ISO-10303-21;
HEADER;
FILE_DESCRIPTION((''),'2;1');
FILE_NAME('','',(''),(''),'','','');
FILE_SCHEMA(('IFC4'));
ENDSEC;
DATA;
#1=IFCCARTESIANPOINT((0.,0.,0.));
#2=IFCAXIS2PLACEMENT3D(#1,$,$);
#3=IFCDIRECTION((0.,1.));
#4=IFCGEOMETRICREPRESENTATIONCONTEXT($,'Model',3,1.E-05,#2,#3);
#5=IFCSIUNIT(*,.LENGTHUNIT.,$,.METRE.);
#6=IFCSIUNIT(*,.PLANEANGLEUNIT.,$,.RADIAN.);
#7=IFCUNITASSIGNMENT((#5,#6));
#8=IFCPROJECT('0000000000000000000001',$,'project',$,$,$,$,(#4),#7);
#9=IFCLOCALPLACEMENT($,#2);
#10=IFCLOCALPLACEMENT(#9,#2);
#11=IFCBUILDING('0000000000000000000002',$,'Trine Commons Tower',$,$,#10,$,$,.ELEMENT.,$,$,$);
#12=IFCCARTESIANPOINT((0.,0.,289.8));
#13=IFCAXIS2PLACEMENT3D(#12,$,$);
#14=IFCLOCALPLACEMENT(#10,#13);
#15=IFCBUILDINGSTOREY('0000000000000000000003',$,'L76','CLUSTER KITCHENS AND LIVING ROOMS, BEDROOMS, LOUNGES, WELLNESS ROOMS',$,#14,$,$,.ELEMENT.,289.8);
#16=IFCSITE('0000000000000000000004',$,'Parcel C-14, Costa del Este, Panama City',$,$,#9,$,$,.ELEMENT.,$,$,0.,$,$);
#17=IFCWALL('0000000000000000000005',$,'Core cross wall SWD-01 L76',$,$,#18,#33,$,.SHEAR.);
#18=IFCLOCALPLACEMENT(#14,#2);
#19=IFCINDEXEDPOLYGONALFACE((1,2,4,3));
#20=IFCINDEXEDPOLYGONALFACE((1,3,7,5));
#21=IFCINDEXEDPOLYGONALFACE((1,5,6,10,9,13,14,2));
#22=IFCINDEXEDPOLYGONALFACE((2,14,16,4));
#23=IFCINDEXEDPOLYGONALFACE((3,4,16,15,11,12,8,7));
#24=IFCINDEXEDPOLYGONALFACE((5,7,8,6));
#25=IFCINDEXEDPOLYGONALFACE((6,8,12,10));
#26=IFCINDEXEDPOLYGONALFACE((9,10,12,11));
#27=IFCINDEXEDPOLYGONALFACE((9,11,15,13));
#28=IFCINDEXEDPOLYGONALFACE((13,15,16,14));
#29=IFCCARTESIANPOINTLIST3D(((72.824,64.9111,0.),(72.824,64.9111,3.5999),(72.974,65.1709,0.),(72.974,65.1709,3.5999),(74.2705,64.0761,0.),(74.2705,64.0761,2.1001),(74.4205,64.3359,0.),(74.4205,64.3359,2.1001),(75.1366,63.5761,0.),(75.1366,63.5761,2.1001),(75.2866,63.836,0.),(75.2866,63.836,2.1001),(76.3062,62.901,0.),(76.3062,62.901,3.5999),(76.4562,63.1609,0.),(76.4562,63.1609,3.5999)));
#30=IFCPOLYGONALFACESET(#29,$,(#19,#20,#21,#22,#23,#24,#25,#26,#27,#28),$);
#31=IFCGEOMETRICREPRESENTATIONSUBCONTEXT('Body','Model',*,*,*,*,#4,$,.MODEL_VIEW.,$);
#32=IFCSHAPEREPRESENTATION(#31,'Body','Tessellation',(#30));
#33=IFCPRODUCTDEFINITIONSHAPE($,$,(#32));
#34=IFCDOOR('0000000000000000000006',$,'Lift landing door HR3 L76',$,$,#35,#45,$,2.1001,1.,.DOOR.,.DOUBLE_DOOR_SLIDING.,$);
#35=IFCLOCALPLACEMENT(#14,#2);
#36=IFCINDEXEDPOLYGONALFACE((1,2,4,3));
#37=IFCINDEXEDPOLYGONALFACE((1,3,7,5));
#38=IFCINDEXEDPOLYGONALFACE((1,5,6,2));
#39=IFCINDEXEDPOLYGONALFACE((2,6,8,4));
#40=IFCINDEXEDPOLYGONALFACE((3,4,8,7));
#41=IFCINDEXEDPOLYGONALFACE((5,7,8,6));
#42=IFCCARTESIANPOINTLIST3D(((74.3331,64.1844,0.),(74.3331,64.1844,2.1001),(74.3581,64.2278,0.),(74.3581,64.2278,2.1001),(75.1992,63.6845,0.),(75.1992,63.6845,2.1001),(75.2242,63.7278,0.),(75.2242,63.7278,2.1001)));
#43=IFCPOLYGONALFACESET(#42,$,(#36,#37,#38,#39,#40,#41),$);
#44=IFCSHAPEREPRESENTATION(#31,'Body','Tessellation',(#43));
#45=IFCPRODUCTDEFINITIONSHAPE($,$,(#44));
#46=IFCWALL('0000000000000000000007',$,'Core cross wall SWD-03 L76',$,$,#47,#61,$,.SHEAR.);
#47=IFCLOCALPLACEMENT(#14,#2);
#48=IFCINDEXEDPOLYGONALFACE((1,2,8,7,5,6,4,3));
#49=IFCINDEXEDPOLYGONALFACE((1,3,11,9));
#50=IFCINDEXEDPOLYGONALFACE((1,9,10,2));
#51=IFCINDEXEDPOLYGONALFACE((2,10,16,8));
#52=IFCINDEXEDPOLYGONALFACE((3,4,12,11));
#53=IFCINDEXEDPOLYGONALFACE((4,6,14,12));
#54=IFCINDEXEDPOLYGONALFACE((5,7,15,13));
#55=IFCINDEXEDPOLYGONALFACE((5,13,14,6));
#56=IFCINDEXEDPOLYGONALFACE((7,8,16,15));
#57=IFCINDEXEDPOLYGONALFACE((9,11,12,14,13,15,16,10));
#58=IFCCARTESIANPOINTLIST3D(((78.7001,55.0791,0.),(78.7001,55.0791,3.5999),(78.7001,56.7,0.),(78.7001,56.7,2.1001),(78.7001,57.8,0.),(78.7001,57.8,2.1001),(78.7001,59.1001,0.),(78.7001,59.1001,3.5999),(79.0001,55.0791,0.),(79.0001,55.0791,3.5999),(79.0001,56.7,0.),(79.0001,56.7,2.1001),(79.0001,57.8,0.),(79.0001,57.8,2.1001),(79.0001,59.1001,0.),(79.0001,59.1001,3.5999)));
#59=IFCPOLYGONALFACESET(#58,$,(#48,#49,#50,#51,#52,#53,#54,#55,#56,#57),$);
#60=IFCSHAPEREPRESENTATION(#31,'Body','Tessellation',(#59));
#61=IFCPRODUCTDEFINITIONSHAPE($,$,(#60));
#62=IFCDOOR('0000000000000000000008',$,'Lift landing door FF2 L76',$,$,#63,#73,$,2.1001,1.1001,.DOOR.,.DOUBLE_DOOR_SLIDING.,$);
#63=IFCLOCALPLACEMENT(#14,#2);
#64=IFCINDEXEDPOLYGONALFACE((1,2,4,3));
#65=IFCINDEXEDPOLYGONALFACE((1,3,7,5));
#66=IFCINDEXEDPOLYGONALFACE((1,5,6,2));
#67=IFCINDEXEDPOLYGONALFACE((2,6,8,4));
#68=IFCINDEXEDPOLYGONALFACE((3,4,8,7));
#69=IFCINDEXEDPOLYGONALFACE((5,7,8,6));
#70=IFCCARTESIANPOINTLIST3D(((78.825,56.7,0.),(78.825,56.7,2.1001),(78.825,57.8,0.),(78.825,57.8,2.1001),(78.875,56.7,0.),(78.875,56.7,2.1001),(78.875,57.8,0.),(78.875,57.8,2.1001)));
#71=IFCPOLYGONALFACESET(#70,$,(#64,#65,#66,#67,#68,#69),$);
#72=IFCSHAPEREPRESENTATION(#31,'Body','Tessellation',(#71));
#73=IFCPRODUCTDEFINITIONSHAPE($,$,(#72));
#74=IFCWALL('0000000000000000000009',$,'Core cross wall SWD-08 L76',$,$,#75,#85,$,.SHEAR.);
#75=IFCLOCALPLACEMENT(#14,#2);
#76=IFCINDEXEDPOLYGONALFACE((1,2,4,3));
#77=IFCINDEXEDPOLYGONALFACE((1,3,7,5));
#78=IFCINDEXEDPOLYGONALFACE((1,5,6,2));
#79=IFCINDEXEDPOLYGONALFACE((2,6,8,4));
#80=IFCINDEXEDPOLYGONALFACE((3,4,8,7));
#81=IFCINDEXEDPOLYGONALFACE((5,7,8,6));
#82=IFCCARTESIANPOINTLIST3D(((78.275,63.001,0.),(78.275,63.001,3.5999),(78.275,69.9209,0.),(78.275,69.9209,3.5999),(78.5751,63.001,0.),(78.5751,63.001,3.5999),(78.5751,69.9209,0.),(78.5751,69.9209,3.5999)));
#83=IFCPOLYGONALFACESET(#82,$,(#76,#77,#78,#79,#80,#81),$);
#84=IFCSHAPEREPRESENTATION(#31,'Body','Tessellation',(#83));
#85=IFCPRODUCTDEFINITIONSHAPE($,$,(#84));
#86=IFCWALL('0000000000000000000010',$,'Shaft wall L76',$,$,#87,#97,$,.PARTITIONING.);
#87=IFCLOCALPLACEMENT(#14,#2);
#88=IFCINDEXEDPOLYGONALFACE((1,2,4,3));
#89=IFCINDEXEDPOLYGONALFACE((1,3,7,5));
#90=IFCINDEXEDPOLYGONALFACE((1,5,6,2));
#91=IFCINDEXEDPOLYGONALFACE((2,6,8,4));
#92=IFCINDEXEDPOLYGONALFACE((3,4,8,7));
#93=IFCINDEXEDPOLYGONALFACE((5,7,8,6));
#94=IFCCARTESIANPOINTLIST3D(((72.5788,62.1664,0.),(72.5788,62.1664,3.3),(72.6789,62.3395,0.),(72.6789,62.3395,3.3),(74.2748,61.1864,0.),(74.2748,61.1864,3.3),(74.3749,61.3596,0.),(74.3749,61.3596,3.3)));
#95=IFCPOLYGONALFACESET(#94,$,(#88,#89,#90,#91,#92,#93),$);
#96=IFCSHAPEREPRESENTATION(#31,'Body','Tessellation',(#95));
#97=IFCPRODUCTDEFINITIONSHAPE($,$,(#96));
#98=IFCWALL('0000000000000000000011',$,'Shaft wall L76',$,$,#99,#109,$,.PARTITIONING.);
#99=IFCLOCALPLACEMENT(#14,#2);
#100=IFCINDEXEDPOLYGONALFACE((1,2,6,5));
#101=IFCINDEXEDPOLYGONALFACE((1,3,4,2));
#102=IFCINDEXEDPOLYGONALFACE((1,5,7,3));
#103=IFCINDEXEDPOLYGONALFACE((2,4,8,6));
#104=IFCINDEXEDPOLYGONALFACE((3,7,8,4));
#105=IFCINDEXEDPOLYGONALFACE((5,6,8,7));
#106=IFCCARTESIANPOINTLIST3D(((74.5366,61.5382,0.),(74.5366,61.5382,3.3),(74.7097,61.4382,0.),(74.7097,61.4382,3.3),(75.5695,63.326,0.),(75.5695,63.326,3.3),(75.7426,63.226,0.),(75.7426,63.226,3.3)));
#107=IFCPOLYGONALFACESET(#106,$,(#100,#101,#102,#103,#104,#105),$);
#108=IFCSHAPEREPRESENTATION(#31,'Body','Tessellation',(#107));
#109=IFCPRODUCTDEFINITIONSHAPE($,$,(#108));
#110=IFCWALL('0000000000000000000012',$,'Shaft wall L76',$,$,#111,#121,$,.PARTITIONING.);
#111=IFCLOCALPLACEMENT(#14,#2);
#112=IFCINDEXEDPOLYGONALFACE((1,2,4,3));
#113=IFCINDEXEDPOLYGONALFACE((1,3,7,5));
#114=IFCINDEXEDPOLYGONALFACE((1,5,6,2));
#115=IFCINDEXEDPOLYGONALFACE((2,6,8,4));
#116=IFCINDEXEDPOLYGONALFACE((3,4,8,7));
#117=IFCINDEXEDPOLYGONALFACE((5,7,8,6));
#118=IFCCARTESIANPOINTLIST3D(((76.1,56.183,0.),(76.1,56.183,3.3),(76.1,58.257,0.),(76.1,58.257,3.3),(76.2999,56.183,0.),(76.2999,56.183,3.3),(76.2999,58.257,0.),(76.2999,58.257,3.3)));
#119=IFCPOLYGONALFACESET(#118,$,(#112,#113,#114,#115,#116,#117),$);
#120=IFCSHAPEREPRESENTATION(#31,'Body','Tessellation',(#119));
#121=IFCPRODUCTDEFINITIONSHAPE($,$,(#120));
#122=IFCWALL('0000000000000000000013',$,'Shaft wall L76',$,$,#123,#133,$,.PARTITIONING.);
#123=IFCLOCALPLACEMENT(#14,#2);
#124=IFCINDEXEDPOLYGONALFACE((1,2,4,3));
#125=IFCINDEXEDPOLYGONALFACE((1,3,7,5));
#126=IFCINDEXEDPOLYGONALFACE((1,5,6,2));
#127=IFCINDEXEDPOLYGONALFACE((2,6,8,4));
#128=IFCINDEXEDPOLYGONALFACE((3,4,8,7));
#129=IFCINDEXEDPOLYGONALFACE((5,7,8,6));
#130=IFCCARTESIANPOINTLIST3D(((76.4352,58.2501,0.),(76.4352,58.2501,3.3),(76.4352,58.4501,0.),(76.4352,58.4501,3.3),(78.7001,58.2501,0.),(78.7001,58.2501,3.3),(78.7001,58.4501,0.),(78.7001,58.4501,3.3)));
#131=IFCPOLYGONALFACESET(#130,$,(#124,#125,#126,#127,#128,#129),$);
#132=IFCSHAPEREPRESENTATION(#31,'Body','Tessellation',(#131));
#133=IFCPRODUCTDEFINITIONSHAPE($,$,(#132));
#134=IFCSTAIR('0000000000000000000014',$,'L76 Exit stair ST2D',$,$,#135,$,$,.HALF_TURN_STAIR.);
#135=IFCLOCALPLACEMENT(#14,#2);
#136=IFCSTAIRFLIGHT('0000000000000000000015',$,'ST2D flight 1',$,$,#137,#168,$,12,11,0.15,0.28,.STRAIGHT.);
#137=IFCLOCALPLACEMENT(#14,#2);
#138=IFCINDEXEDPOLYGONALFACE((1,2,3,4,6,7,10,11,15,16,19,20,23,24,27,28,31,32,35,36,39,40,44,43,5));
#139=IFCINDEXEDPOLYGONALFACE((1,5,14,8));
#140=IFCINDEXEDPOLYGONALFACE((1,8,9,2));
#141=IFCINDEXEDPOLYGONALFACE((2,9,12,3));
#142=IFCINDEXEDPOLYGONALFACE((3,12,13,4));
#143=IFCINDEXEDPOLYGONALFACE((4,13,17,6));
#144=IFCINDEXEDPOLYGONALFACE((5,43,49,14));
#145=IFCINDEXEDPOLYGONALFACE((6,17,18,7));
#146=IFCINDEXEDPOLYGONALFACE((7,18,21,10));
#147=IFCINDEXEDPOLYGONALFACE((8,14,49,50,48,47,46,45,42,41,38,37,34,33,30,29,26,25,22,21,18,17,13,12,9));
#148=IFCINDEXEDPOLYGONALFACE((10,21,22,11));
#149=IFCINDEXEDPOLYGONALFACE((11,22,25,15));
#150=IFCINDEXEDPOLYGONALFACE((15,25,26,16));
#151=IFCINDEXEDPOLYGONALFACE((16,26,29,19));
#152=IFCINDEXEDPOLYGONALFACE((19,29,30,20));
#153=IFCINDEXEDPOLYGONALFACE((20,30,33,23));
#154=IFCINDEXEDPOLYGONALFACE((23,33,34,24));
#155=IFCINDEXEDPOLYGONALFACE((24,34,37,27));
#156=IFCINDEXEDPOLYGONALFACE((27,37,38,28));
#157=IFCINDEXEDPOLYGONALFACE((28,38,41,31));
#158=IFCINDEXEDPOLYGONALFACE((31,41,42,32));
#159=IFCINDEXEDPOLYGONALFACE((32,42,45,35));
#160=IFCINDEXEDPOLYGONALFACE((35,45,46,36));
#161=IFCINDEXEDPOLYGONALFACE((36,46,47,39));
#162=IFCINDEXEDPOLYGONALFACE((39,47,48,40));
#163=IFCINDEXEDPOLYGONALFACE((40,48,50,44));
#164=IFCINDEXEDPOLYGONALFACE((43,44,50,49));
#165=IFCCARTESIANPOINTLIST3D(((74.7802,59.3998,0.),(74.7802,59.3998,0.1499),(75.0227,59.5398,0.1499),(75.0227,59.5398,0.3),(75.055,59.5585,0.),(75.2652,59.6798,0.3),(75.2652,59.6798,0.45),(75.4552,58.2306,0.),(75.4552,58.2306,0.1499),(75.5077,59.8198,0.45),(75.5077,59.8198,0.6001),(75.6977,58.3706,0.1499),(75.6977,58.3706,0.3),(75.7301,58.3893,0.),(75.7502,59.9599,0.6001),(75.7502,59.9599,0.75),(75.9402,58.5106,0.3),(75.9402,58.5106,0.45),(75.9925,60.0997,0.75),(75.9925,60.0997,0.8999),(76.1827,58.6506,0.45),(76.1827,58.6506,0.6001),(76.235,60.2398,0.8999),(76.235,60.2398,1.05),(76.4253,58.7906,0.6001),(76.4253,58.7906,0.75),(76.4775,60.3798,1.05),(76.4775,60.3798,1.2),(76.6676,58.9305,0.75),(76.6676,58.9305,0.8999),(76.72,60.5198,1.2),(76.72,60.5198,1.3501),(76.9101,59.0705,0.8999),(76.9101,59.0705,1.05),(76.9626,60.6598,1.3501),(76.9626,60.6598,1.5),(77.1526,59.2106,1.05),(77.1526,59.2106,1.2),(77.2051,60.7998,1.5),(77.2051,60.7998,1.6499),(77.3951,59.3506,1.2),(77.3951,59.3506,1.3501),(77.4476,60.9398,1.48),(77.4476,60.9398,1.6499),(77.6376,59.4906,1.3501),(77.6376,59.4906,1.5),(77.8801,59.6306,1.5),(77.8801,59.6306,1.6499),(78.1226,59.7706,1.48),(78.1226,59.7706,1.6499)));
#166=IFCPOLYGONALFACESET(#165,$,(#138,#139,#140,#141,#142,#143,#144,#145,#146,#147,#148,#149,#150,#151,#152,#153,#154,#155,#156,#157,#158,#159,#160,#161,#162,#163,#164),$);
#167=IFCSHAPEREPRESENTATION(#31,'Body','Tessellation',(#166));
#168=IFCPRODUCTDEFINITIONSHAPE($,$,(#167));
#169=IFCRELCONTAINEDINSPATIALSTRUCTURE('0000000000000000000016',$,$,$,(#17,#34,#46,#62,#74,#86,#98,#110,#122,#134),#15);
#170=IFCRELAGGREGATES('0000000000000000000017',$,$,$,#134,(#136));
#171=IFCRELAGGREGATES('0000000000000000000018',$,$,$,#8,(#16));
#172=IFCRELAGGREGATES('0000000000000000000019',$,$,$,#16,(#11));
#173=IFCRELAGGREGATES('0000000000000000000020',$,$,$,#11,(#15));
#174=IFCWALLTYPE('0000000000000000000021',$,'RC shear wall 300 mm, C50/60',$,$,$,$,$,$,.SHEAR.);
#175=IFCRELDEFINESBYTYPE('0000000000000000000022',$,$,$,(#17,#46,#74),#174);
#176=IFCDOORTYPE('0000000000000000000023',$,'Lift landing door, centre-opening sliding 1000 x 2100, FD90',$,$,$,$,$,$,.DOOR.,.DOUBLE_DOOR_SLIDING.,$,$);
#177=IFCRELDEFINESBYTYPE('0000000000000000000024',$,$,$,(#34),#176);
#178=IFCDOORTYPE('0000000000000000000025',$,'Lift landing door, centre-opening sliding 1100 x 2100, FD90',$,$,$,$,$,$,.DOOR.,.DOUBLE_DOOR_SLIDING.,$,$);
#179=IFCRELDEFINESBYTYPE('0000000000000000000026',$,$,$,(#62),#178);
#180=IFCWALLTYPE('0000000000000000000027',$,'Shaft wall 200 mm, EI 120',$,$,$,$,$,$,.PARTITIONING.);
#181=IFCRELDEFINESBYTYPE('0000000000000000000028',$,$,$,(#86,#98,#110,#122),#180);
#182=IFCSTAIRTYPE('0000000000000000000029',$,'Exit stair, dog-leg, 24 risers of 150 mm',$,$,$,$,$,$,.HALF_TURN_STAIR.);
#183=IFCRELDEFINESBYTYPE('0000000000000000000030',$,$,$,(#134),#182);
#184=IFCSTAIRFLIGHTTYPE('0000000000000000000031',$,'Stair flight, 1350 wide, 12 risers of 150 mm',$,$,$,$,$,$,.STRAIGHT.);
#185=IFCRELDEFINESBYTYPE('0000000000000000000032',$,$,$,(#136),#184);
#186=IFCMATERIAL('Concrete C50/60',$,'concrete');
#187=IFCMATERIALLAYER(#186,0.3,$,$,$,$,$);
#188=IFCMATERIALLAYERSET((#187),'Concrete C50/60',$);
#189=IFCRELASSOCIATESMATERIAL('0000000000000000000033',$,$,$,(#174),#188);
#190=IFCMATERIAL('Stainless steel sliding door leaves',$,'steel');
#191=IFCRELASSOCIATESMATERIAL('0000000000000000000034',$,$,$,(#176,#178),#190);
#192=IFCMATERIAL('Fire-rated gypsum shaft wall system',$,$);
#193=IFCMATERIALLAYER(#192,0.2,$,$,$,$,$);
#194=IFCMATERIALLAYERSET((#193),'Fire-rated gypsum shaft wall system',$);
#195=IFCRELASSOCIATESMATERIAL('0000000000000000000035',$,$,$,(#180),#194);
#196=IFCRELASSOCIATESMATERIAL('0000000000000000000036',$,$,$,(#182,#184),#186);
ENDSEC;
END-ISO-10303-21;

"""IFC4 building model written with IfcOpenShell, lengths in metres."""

from ifc_helpers import new_model, si_unit, direction, frame, frame_2d, origin, place, context, subcontext, project, spatial, polyline, rectangle, outline, extrude, material, layer, layer_set, type_object, element, fill, aggregate, save


model = new_model("IFC4")

# Units and contexts
model_context = context("Model", 3, precision=1e-05, world=origin(), true_north=direction((0.0, 1.0)))
body_context = subcontext(model_context, "Body", "Model", "MODEL_VIEW")
ifc_project = project(units=[si_unit("LENGTHUNIT", "METRE"), si_unit("PLANEANGLEUNIT", "RADIAN")], contexts=[model_context])

# Site, building, storey
site_placement = place(None, origin())
site = spatial("IfcSite", under=ifc_project, at=site_placement, Name="Parcel C-14, Costa del Este, Panama City", CompositionType="ELEMENT", RefElevation=0.0)
building_placement = place(site_placement, origin())
building = spatial("IfcBuilding", under=site, at=building_placement, Name="Trine Commons Tower", CompositionType="ELEMENT")
storey_placement = place(building_placement, frame((0.0, 0.0, 289.8)))
storey = spatial("IfcBuildingStorey", under=building, at=storey_placement, Name="L76", Description="CLUSTER KITCHENS AND LIVING ROOMS, BEDROOMS, LOUNGES, WELLNESS ROOMS", CompositionType="ELEMENT", Elevation=289.8)

# Walls, openings, doors
ifc_material_1 = material(Name="Concrete C50/60", Category="concrete")
ifc_layer_1 = layer(ifc_material_1, 0.3)
ifc_layer_set_1 = layer_set([ifc_layer_1], Name="Concrete C50/60")
wall_type_1 = type_object("IfcWallType", Name="RC shear wall 300 mm, C50/60", PredefinedType="SHEAR", material=ifc_layer_set_1)
wall_1_placement = place(storey_placement, frame((76.3811, 63.031, 0.0), z_axis=(0.0, 0.0, 1.0), x_axis=(-0.866071, 0.49992, 0.0)))
wall_1 = element("IfcWall", 1, at=wall_1_placement, inside=storey, type_object=wall_type_1, Name="Core cross wall SWD-01 L76", PredefinedType="SHEAR", context=body_context, shape_type="SweptSolid", body=[
    extrude(rectangle(XDim=4.0208, YDim=0.3, at=frame_2d((2.0103, 0.0))), origin(), (0.0, 0.0, 1.0), 3.5999),
])
opening_1_placement = place(wall_1_placement, frame((1.3503, 0.0, 0.0)))
opening_1 = element("IfcOpeningElement", 2, at=opening_1_placement, cuts=wall_1, PredefinedType="OPENING", context=body_context, shape_type="SweptSolid", body=[
    extrude(rectangle(XDim=1.0, YDim=2.1001, at=frame_2d((0.5, 1.05))), frame((0.0, 0.1599, 0.0), z_axis=(0.0, -1.0, 0.0), x_axis=(1.0, 0.0, 0.0)), (0.0, 0.0, 1.0), 0.3201),
])
ifc_material_2 = material(Name="Stainless steel sliding door leaves", Category="steel")
door_type_1 = type_object("IfcDoorType", Name="Lift landing door, centre-opening sliding 1000 x 2100, FD90", OperationType="DOUBLE_DOOR_SLIDING", PredefinedType="DOOR", material=ifc_material_2)
door_1_placement = place(opening_1_placement, origin())
door_1 = element("IfcDoor", 3, at=door_1_placement, inside=storey, type_object=door_type_1, Name="Lift landing door HR3 L76", OperationType="DOUBLE_DOOR_SLIDING", OverallHeight=2.1001, OverallWidth=1.0, PredefinedType="DOOR", context=body_context, shape_type="SweptSolid", body=[
    extrude(rectangle(XDim=1.0, YDim=2.1001, at=frame_2d((0.5, 1.05))), frame((0.0, 0.0249, 0.0), z_axis=(0.0, -1.0, 0.0), x_axis=(1.0, 0.0, 0.0)), (0.0, 0.0, 1.0), 0.05),
])
fill(opening_1, door_1)
wall_2_placement = place(storey_placement, frame((78.8501, 59.1001, 0.0), z_axis=(0.0, 0.0, 1.0), x_axis=(0.0, -1.0, 0.0)))
wall_2 = element("IfcWall", 4, at=wall_2_placement, inside=storey, type_object=wall_type_1, Name="Core cross wall SWD-03 L76", PredefinedType="SHEAR", context=body_context, shape_type="SweptSolid", body=[
    extrude(rectangle(XDim=4.021, YDim=0.3, at=frame_2d((2.0105, 0.0))), origin(), (0.0, 0.0, 1.0), 3.5999),
])
opening_2_placement = place(wall_2_placement, frame((1.3, 0.0, 0.0)))
opening_2 = element("IfcOpeningElement", 5, at=opening_2_placement, cuts=wall_2, PredefinedType="OPENING", context=body_context, shape_type="SweptSolid", body=[
    extrude(rectangle(XDim=1.1001, YDim=2.1001, at=frame_2d((0.55, 1.05))), frame((0.0, 0.1599, 0.0), z_axis=(0.0, -1.0, 0.0), x_axis=(1.0, 0.0, 0.0)), (0.0, 0.0, 1.0), 0.3201),
])
door_type_2 = type_object("IfcDoorType", Name="Lift landing door, centre-opening sliding 1100 x 2100, FD90", OperationType="DOUBLE_DOOR_SLIDING", PredefinedType="DOOR", material=ifc_material_2)
door_2_placement = place(opening_2_placement, origin())
door_2 = element("IfcDoor", 6, at=door_2_placement, inside=storey, type_object=door_type_2, Name="Lift landing door FF2 L76", OperationType="DOUBLE_DOOR_SLIDING", OverallHeight=2.1001, OverallWidth=1.1001, PredefinedType="DOOR", context=body_context, shape_type="SweptSolid", body=[
    extrude(rectangle(XDim=1.1001, YDim=2.1001, at=frame_2d((0.55, 1.05))), frame((0.0, 0.0249, 0.0), z_axis=(0.0, -1.0, 0.0), x_axis=(1.0, 0.0, 0.0)), (0.0, 0.0, 1.0), 0.05),
])
fill(opening_2, door_2)

# Walls
wall_3_placement = place(storey_placement, frame((78.425, 63.001, 0.0), z_axis=(0.0, 0.0, 1.0), x_axis=(0.0, 1.0, 0.0)))
element("IfcWall", 7, at=wall_3_placement, inside=storey, type_object=wall_type_1, Name="Core cross wall SWD-08 L76", PredefinedType="SHEAR", context=body_context, shape_type="SweptSolid", body=[
    extrude(rectangle(XDim=6.9199, YDim=0.3, at=frame_2d((3.46, 0.0))), origin(), (0.0, 0.0, 1.0), 3.5999),
])
ifc_material_3 = material(Name="Fire-rated gypsum shaft wall system")
ifc_layer_2 = layer(ifc_material_3, 0.2)
ifc_layer_set_2 = layer_set([ifc_layer_2], Name="Fire-rated gypsum shaft wall system")
wall_type_2 = type_object("IfcWallType", Name="Shaft wall 200 mm, EI 120", PredefinedType="PARTITIONING", material=ifc_layer_set_2)
wall_4_placement = place(storey_placement, frame((74.325, 61.2729, 0.0), z_axis=(0.0, 0.0, 1.0), x_axis=(-0.865855, 0.500294, 0.0)))
element("IfcWall", 8, at=wall_4_placement, inside=storey, type_object=wall_type_2, Name="Shaft wall L76", PredefinedType="PARTITIONING", context=body_context, shape_type="SweptSolid", body=[
    extrude(rectangle(XDim=1.9587, YDim=0.2, at=frame_2d((0.9795, 0.0))), origin(), (0.0, 0.0, 1.0), 3.3),
])
wall_5_placement = place(storey_placement, frame((75.656, 63.2759, 0.0), z_axis=(0.0, 0.0, 1.0), x_axis=(-0.500272, -0.865868, 0.0)))
element("IfcWall", 9, at=wall_5_placement, inside=storey, type_object=wall_type_2, Name="Shaft wall L76", PredefinedType="PARTITIONING", context=body_context, shape_type="SweptSolid", body=[
    extrude(rectangle(XDim=2.0647, YDim=0.2, at=frame_2d((1.0322, 0.0))), origin(), (0.0, 0.0, 1.0), 3.3),
])
wall_6_placement = place(storey_placement, frame((76.2, 58.2571, 0.0), z_axis=(0.0, 0.0, 1.0), x_axis=(0.0, -1.0, 0.0)))
element("IfcWall", 10, at=wall_6_placement, inside=storey, type_object=wall_type_2, Name="Shaft wall L76", PredefinedType="PARTITIONING", context=body_context, shape_type="SweptSolid", body=[
    extrude(rectangle(XDim=2.074, YDim=0.2, at=frame_2d((1.0371, 0.0))), origin(), (0.0, 0.0, 1.0), 3.3),
])
wall_7_placement = place(storey_placement, frame((78.7, 58.3501, 0.0), z_axis=(0.0, 0.0, 1.0), x_axis=(-1.0, 0.0, 0.0)))
element("IfcWall", 11, at=wall_7_placement, inside=storey, type_object=wall_type_2, Name="Shaft wall L76", PredefinedType="PARTITIONING", context=body_context, shape_type="SweptSolid", body=[
    extrude(rectangle(XDim=2.2649, YDim=0.2, at=frame_2d((1.1323, 0.0))), origin(), (0.0, 0.0, 1.0), 3.3),
])

# Stair, stair flight
stair_type = type_object("IfcStairType", Name="Exit stair, dog-leg, 24 risers of 150 mm", PredefinedType="HALF_TURN_STAIR", material=ifc_material_1)
stair_placement = place(storey_placement, origin())
stair = element("IfcStair", 12, at=stair_placement, inside=storey, type_object=stair_type, Name="L76 Exit stair ST2D", PredefinedType="HALF_TURN_STAIR")
stair_flight_type = type_object("IfcStairFlightType", Name="Stair flight, 1350 wide, 12 risers of 150 mm", PredefinedType="STRAIGHT", material=ifc_material_1)
stair_flight_1_placement = place(storey_placement, frame((75.1177, 58.8152, 0.0), z_axis=(0.0, 0.0, 1.0), x_axis=(0.866025, 0.5, 0.0)))
stair_flight_1 = element("IfcStairFlight", 13, at=stair_flight_1_placement, type_object=stair_flight_type, Name="ST2D flight 1", NumberOfRisers=12, NumberOfTreads=11, PredefinedType="STRAIGHT", RiserHeight=0.15, TreadLength=0.28, context=body_context, shape_type="SweptSolid", body=[
    extrude(outline(polyline([(0.0, 0.0), (0.0, 0.1499), (0.28, 0.1499), (0.28, 0.3), (0.5601, 0.3), (0.5601, 0.45), (0.8401, 0.45), (0.8401, 0.6001), (1.1201, 0.6001), (1.1201, 0.75), (1.3999, 0.75), (1.3999, 0.8999), (1.6799, 0.8999), (1.6799, 1.05), (1.96, 1.05), (1.96, 1.2), (2.24, 1.2), (2.24, 1.3501), (2.52, 1.3501), (2.52, 1.5), (2.8, 1.5), (2.8, 1.6499), (3.0801, 1.6499), (3.0801, 1.8), (3.0801, 1.48), (0.3174, 0.0), (0.0, 0.0)])), frame((0.0, 0.675, 0.0), z_axis=(0.0, -1.0, 0.0), x_axis=(1.0, 0.0, 0.0)), (0.0, 0.0, 1.0), 1.3501),
])
aggregate(stair, [stair_flight_1])

save(model, "model.ifc")
